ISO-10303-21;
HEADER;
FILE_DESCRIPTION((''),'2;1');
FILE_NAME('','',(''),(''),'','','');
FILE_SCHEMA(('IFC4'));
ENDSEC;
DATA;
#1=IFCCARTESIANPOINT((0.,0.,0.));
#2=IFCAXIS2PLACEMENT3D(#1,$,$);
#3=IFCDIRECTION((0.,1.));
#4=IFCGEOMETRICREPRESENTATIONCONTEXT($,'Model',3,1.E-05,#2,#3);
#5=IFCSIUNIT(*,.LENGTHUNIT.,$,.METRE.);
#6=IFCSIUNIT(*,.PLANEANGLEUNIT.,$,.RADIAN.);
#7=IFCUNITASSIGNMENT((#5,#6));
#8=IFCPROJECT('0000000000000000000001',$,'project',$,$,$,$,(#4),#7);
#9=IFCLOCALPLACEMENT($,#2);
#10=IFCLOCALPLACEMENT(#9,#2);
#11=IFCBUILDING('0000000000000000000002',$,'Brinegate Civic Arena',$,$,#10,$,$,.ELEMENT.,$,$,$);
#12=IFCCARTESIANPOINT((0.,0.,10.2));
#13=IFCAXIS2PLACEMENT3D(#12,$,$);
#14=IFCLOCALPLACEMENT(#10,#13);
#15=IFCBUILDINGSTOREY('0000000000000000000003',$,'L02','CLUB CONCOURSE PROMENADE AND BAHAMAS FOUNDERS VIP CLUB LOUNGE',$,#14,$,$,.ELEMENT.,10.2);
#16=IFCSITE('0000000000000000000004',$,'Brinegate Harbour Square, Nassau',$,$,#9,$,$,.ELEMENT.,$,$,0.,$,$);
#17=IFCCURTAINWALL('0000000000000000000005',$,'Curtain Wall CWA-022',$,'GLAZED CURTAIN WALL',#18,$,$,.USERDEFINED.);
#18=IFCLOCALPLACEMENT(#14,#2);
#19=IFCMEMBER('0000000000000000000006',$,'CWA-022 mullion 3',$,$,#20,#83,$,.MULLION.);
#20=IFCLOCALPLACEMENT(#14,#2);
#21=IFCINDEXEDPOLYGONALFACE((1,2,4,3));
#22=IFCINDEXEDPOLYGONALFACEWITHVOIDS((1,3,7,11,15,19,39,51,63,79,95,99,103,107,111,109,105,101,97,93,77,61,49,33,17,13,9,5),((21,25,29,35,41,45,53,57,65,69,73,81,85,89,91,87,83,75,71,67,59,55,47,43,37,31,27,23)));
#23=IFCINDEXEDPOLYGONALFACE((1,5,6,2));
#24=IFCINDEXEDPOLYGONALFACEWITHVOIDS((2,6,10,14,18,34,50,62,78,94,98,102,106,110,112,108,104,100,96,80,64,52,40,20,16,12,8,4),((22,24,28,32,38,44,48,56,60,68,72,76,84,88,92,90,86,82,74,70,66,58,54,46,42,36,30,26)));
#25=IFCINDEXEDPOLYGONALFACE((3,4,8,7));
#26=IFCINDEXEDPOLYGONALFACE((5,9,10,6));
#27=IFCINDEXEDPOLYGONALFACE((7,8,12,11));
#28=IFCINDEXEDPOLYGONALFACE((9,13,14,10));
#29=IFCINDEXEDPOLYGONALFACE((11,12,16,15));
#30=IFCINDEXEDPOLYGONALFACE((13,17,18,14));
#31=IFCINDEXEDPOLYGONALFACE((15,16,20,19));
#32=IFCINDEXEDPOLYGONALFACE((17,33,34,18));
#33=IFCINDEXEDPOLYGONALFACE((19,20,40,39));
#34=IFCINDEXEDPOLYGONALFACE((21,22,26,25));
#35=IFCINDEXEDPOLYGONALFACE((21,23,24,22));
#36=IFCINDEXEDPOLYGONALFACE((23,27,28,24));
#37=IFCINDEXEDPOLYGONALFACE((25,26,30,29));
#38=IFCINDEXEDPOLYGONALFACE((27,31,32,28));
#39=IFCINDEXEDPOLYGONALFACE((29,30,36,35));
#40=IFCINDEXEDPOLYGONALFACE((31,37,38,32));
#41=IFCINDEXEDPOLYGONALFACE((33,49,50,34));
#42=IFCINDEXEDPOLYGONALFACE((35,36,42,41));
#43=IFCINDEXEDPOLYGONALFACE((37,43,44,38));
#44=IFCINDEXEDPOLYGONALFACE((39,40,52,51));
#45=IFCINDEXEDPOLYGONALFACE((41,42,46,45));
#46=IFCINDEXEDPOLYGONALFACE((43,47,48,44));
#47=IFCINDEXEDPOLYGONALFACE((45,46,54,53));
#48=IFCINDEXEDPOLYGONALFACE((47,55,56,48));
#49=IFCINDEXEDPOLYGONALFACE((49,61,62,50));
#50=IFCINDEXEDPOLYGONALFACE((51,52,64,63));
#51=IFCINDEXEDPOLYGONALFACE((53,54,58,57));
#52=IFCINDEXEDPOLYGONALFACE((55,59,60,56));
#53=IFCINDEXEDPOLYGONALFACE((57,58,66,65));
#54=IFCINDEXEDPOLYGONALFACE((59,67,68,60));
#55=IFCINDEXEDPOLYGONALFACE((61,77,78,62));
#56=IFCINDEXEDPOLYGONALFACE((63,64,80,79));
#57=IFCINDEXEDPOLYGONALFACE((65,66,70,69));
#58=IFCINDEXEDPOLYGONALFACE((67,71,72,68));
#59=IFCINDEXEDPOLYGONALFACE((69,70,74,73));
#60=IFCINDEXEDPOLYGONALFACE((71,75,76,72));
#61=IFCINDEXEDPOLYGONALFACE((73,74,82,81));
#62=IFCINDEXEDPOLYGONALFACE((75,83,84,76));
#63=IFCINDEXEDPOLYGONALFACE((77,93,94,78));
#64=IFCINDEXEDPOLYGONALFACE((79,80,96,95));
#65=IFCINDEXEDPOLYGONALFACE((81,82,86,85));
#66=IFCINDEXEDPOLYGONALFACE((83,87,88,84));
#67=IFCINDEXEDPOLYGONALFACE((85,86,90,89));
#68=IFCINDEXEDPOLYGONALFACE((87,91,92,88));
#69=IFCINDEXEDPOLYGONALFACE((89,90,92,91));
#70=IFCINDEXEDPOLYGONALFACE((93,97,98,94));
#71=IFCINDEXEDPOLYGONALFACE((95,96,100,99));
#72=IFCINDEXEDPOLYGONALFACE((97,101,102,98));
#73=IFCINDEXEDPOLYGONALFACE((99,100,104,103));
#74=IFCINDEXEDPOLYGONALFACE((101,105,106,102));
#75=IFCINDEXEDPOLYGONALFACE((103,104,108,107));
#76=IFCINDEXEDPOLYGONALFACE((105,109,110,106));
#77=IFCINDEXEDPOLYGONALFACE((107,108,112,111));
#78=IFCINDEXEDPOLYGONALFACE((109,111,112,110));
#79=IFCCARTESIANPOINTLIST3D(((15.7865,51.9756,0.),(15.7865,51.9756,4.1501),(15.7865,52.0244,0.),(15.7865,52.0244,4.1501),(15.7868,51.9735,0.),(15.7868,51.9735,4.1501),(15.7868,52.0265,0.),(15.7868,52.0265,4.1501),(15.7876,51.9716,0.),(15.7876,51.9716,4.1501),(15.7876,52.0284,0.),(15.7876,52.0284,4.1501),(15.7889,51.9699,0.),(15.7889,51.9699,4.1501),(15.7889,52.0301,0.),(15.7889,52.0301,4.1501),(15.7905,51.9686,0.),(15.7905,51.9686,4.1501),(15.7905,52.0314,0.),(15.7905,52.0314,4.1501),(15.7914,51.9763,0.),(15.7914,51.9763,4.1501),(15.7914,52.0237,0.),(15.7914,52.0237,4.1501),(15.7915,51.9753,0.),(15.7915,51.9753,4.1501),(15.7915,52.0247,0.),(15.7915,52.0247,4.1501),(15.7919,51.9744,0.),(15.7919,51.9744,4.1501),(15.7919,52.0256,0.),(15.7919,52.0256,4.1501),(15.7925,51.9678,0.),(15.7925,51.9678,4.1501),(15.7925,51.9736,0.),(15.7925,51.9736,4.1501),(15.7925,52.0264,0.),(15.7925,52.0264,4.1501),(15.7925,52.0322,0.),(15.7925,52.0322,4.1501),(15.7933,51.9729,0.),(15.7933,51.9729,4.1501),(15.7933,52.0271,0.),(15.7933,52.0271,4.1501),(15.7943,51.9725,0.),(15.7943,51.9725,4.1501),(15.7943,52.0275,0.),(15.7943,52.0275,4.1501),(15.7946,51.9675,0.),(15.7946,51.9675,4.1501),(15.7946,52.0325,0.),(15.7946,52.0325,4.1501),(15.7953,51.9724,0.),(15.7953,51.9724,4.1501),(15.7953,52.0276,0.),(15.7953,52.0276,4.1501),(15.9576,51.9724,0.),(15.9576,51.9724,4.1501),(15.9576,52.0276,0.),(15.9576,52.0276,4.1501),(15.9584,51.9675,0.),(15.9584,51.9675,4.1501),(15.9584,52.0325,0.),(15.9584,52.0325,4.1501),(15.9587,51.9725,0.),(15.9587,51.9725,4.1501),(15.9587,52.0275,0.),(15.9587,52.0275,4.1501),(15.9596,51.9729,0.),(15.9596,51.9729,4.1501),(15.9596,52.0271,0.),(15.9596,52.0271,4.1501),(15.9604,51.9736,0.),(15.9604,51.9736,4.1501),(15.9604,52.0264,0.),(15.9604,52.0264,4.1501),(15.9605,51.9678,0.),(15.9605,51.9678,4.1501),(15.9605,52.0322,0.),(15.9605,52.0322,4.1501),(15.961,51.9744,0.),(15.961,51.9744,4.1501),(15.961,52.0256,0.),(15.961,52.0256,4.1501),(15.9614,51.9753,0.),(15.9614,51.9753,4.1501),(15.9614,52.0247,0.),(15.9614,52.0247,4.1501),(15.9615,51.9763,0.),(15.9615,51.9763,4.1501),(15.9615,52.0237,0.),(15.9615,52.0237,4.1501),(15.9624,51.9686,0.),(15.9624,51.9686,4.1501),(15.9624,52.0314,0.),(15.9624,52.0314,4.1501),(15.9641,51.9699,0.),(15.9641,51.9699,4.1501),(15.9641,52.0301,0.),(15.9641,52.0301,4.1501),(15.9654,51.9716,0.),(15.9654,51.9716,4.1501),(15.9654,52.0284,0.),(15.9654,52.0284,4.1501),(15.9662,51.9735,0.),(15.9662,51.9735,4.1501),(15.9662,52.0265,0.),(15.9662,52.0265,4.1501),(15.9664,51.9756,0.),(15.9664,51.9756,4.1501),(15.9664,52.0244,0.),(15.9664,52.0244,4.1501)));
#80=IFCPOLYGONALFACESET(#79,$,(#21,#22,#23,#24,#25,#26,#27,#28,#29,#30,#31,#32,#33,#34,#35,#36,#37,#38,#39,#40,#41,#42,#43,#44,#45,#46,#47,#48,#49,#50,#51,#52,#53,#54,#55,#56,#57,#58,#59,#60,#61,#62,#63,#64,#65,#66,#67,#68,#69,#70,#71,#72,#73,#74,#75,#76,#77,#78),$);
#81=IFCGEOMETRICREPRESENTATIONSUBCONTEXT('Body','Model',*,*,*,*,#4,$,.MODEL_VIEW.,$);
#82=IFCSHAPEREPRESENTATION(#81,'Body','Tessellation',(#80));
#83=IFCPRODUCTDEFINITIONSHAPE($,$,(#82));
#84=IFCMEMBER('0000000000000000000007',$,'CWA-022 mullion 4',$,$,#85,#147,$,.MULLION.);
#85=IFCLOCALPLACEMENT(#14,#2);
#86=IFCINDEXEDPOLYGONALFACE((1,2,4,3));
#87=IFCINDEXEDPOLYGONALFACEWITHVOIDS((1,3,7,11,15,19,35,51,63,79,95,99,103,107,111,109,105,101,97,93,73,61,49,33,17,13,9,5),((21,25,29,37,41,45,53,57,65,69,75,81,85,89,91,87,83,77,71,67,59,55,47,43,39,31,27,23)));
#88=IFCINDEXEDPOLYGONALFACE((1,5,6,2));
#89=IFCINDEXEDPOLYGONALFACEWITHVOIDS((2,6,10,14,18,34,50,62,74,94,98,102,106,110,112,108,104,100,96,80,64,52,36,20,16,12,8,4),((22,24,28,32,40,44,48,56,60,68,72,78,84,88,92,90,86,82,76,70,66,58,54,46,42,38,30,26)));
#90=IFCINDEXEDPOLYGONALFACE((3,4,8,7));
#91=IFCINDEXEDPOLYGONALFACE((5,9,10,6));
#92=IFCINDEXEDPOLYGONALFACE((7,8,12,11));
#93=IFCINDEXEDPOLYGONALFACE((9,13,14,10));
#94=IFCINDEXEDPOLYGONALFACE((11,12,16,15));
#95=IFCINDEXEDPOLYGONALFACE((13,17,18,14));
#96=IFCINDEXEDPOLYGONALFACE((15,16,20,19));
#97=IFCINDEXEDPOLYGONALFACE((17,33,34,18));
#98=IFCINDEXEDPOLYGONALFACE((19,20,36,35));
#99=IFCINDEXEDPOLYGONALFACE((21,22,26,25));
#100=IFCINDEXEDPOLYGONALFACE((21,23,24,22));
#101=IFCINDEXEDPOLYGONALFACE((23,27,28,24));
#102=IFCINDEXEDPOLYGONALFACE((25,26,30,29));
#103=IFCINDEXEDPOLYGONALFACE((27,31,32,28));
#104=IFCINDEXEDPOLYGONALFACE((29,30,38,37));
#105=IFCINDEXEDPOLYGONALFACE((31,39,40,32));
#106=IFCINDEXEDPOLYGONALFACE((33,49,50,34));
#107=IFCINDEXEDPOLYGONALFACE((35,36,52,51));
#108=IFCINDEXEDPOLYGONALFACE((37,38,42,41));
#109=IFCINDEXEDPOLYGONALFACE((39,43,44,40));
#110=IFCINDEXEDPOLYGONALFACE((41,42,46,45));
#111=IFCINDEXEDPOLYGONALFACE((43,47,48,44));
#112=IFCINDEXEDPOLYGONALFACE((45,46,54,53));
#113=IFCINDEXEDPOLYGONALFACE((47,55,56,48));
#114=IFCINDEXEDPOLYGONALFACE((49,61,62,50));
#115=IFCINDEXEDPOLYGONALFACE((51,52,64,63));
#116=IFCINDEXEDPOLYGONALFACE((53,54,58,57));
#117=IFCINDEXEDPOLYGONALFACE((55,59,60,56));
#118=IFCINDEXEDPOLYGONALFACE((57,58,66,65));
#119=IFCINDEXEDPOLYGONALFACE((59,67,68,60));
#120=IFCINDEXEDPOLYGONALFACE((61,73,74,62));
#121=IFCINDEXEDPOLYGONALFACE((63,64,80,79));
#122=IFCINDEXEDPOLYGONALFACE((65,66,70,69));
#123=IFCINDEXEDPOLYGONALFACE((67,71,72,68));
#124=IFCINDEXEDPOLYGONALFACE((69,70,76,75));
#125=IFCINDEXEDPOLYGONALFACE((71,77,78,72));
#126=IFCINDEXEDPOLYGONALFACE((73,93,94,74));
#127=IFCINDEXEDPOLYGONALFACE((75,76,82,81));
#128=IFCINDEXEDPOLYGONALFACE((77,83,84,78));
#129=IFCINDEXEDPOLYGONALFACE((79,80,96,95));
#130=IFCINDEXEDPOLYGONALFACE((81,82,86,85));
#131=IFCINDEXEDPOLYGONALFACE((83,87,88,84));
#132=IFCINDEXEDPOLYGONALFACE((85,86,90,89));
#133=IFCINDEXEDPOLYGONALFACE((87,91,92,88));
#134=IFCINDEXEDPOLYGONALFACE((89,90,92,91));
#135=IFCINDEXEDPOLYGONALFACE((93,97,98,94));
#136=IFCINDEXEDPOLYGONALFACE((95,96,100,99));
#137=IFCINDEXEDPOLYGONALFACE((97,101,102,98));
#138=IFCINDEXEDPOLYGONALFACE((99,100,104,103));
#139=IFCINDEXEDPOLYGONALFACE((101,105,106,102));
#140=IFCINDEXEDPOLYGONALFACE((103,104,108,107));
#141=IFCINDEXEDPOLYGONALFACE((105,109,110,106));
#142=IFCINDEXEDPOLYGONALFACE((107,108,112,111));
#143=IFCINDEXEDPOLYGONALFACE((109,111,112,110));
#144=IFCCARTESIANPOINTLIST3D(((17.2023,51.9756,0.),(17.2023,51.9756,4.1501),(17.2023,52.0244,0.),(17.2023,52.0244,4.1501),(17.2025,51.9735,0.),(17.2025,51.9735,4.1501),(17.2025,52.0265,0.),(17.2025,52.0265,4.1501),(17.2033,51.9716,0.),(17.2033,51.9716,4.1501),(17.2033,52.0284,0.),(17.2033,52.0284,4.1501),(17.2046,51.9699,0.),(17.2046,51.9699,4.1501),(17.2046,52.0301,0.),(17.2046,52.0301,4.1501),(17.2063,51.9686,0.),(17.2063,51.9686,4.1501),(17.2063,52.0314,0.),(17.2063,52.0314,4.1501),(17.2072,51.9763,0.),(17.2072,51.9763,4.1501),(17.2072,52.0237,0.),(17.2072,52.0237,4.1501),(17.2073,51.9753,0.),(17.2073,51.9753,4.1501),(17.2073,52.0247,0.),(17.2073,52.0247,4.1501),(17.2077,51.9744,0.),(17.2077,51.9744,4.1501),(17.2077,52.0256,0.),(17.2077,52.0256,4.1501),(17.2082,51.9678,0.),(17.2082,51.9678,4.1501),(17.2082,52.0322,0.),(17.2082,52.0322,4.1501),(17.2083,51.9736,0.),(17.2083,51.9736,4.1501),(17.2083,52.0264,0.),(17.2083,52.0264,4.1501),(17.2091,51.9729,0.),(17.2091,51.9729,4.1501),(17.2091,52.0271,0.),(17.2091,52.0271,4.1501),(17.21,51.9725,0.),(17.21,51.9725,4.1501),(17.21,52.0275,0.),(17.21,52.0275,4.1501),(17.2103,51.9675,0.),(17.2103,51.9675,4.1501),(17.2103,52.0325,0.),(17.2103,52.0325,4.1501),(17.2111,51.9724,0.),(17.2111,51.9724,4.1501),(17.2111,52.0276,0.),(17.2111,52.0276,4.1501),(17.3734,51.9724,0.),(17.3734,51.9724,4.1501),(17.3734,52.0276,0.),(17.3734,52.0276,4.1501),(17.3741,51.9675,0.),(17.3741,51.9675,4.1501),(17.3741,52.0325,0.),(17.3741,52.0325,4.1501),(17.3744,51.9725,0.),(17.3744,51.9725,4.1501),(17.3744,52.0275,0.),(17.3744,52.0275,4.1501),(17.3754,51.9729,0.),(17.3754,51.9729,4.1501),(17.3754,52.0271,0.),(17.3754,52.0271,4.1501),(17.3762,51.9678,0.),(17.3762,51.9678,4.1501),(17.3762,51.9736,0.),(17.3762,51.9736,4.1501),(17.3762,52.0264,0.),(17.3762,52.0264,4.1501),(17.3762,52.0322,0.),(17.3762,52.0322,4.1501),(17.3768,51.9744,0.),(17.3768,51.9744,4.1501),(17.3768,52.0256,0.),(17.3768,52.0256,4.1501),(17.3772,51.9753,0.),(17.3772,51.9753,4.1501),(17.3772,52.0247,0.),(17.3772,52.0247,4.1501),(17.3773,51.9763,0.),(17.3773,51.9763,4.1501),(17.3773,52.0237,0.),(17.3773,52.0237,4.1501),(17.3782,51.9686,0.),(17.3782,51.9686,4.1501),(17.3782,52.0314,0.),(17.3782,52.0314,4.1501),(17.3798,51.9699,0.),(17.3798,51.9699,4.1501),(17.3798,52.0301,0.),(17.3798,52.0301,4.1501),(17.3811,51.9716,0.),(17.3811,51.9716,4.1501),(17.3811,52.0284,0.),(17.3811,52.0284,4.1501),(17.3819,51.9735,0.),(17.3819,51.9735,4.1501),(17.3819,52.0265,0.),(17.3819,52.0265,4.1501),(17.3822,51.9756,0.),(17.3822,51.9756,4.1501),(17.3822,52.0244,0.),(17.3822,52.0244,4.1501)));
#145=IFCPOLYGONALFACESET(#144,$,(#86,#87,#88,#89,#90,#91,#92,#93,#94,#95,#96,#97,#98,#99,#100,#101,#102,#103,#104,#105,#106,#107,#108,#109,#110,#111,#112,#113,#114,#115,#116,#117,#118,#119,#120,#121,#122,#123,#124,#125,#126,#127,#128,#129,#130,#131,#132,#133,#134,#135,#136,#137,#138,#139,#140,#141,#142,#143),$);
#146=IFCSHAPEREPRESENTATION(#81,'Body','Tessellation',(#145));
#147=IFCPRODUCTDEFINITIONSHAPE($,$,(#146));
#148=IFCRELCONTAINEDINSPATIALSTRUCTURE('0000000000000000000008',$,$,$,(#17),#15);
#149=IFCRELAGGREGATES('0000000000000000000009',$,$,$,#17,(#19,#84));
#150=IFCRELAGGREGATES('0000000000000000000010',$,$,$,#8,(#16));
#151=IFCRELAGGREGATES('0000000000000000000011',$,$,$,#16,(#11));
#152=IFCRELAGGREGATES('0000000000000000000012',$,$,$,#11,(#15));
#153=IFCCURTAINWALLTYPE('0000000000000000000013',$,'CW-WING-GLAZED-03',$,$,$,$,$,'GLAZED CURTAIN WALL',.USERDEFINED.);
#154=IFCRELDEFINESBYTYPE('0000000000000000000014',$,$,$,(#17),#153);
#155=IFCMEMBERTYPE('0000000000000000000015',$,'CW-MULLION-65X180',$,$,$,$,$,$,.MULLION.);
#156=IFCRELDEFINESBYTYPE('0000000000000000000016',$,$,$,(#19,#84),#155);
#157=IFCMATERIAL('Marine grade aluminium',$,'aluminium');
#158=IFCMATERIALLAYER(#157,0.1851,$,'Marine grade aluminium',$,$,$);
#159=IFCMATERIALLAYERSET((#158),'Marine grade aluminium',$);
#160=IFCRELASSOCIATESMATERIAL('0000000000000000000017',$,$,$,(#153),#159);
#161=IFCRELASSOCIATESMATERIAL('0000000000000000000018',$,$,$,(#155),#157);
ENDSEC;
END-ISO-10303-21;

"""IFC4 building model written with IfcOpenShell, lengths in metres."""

from ifc_helpers import new_model, si_unit, direction, frame, origin, origin_2d, place, context, subcontext, project, spatial, hollow_rectangle, extrude, material, layer, layer_set, material_profile, profile_set, type_object, element, aggregate, save


model = new_model("IFC4")

# Units and contexts
model_context = context("Model", 3, precision=1e-05, world=origin(), true_north=direction((0.0, 1.0)))
body_context = subcontext(model_context, "Body", "Model", "MODEL_VIEW")
ifc_project = project(units=[si_unit("LENGTHUNIT", "METRE"), si_unit("PLANEANGLEUNIT", "RADIAN")], contexts=[model_context])

# Site, building, storey
site_placement = place(None, origin())
site = spatial("IfcSite", under=ifc_project, at=site_placement, Name="Brinegate Harbour Square, Nassau", CompositionType="ELEMENT", RefElevation=0.0)
building_placement = place(site_placement, origin())
building = spatial("IfcBuilding", under=site, at=building_placement, Name="Brinegate Civic Arena", CompositionType="ELEMENT")
storey_placement = place(building_placement, frame((0.0, 0.0, 10.2)))
storey = spatial("IfcBuildingStorey", under=building, at=storey_placement, Name="L02", Description="CLUB CONCOURSE PROMENADE AND BAHAMAS FOUNDERS VIP CLUB LOUNGE", CompositionType="ELEMENT", Elevation=10.2)

# Curtain wall, members
ifc_material_1 = material(Name="Marine grade aluminium", Category="aluminium")
ifc_layer_1 = layer(ifc_material_1, 0.1851, Name="Marine grade aluminium")
ifc_layer_set_1 = layer_set([ifc_layer_1], Name="Marine grade aluminium")
curtain_wall_type = type_object("IfcCurtainWallType", Name="CW-WING-GLAZED-03", ElementType="GLAZED CURTAIN WALL", PredefinedType="USERDEFINED", material=ifc_layer_set_1)
curtain_wall_placement = place(storey_placement, origin())
curtain_wall = element("IfcCurtainWall", 1, at=curtain_wall_placement, inside=storey, type_object=curtain_wall_type, Name="Curtain Wall CWA-022", ObjectType="GLAZED CURTAIN WALL", PredefinedType="USERDEFINED")
ifc_material_profile_1 = material_profile(ifc_material_1, hollow_rectangle(XDim=0.0649, YDim=0.1799, WallThickness=0.0049, InnerFilletRadius=0.0039, OuterFilletRadius=0.0081, at=origin_2d()), Name="MUL65X180")
ifc_profile_set_1 = profile_set([ifc_material_profile_1], Name="Marine grade aluminium")
member_type_1 = type_object("IfcMemberType", Name="CW-MULLION-65X180", PredefinedType="MULLION", material=ifc_profile_set_1)
member_1_placement = place(storey_placement, frame((15.8765, 52.0, 0.0), z_axis=(0.0, 0.0, 1.0), x_axis=(0.0, 1.0, 0.0)))
member_1 = element("IfcMember", 2, at=member_1_placement, type_object=member_type_1, Name="CWA-022 mullion 3", PredefinedType="MULLION", context=body_context, shape_type="SweptSolid", body=[
    extrude(hollow_rectangle(XDim=0.0649, YDim=0.1799, WallThickness=0.0049, InnerFilletRadius=0.0039, OuterFilletRadius=0.0081, at=origin_2d()), origin(), (0.0, 0.0, 1.0), 4.1501),
])
member_2_placement = place(storey_placement, frame((17.2922, 52.0, 0.0), z_axis=(0.0, 0.0, 1.0), x_axis=(0.0, 1.0, 0.0)))
member_2 = element("IfcMember", 3, at=member_2_placement, type_object=member_type_1, Name="CWA-022 mullion 4", PredefinedType="MULLION", context=body_context, shape_type="SweptSolid", body=[
    extrude(hollow_rectangle(XDim=0.0649, YDim=0.1799, WallThickness=0.0049, InnerFilletRadius=0.0039, OuterFilletRadius=0.0081, at=origin_2d()), origin(), (0.0, 0.0, 1.0), 4.1501),
])
aggregate(curtain_wall, [member_1, member_2])

save(model, "model.ifc")
